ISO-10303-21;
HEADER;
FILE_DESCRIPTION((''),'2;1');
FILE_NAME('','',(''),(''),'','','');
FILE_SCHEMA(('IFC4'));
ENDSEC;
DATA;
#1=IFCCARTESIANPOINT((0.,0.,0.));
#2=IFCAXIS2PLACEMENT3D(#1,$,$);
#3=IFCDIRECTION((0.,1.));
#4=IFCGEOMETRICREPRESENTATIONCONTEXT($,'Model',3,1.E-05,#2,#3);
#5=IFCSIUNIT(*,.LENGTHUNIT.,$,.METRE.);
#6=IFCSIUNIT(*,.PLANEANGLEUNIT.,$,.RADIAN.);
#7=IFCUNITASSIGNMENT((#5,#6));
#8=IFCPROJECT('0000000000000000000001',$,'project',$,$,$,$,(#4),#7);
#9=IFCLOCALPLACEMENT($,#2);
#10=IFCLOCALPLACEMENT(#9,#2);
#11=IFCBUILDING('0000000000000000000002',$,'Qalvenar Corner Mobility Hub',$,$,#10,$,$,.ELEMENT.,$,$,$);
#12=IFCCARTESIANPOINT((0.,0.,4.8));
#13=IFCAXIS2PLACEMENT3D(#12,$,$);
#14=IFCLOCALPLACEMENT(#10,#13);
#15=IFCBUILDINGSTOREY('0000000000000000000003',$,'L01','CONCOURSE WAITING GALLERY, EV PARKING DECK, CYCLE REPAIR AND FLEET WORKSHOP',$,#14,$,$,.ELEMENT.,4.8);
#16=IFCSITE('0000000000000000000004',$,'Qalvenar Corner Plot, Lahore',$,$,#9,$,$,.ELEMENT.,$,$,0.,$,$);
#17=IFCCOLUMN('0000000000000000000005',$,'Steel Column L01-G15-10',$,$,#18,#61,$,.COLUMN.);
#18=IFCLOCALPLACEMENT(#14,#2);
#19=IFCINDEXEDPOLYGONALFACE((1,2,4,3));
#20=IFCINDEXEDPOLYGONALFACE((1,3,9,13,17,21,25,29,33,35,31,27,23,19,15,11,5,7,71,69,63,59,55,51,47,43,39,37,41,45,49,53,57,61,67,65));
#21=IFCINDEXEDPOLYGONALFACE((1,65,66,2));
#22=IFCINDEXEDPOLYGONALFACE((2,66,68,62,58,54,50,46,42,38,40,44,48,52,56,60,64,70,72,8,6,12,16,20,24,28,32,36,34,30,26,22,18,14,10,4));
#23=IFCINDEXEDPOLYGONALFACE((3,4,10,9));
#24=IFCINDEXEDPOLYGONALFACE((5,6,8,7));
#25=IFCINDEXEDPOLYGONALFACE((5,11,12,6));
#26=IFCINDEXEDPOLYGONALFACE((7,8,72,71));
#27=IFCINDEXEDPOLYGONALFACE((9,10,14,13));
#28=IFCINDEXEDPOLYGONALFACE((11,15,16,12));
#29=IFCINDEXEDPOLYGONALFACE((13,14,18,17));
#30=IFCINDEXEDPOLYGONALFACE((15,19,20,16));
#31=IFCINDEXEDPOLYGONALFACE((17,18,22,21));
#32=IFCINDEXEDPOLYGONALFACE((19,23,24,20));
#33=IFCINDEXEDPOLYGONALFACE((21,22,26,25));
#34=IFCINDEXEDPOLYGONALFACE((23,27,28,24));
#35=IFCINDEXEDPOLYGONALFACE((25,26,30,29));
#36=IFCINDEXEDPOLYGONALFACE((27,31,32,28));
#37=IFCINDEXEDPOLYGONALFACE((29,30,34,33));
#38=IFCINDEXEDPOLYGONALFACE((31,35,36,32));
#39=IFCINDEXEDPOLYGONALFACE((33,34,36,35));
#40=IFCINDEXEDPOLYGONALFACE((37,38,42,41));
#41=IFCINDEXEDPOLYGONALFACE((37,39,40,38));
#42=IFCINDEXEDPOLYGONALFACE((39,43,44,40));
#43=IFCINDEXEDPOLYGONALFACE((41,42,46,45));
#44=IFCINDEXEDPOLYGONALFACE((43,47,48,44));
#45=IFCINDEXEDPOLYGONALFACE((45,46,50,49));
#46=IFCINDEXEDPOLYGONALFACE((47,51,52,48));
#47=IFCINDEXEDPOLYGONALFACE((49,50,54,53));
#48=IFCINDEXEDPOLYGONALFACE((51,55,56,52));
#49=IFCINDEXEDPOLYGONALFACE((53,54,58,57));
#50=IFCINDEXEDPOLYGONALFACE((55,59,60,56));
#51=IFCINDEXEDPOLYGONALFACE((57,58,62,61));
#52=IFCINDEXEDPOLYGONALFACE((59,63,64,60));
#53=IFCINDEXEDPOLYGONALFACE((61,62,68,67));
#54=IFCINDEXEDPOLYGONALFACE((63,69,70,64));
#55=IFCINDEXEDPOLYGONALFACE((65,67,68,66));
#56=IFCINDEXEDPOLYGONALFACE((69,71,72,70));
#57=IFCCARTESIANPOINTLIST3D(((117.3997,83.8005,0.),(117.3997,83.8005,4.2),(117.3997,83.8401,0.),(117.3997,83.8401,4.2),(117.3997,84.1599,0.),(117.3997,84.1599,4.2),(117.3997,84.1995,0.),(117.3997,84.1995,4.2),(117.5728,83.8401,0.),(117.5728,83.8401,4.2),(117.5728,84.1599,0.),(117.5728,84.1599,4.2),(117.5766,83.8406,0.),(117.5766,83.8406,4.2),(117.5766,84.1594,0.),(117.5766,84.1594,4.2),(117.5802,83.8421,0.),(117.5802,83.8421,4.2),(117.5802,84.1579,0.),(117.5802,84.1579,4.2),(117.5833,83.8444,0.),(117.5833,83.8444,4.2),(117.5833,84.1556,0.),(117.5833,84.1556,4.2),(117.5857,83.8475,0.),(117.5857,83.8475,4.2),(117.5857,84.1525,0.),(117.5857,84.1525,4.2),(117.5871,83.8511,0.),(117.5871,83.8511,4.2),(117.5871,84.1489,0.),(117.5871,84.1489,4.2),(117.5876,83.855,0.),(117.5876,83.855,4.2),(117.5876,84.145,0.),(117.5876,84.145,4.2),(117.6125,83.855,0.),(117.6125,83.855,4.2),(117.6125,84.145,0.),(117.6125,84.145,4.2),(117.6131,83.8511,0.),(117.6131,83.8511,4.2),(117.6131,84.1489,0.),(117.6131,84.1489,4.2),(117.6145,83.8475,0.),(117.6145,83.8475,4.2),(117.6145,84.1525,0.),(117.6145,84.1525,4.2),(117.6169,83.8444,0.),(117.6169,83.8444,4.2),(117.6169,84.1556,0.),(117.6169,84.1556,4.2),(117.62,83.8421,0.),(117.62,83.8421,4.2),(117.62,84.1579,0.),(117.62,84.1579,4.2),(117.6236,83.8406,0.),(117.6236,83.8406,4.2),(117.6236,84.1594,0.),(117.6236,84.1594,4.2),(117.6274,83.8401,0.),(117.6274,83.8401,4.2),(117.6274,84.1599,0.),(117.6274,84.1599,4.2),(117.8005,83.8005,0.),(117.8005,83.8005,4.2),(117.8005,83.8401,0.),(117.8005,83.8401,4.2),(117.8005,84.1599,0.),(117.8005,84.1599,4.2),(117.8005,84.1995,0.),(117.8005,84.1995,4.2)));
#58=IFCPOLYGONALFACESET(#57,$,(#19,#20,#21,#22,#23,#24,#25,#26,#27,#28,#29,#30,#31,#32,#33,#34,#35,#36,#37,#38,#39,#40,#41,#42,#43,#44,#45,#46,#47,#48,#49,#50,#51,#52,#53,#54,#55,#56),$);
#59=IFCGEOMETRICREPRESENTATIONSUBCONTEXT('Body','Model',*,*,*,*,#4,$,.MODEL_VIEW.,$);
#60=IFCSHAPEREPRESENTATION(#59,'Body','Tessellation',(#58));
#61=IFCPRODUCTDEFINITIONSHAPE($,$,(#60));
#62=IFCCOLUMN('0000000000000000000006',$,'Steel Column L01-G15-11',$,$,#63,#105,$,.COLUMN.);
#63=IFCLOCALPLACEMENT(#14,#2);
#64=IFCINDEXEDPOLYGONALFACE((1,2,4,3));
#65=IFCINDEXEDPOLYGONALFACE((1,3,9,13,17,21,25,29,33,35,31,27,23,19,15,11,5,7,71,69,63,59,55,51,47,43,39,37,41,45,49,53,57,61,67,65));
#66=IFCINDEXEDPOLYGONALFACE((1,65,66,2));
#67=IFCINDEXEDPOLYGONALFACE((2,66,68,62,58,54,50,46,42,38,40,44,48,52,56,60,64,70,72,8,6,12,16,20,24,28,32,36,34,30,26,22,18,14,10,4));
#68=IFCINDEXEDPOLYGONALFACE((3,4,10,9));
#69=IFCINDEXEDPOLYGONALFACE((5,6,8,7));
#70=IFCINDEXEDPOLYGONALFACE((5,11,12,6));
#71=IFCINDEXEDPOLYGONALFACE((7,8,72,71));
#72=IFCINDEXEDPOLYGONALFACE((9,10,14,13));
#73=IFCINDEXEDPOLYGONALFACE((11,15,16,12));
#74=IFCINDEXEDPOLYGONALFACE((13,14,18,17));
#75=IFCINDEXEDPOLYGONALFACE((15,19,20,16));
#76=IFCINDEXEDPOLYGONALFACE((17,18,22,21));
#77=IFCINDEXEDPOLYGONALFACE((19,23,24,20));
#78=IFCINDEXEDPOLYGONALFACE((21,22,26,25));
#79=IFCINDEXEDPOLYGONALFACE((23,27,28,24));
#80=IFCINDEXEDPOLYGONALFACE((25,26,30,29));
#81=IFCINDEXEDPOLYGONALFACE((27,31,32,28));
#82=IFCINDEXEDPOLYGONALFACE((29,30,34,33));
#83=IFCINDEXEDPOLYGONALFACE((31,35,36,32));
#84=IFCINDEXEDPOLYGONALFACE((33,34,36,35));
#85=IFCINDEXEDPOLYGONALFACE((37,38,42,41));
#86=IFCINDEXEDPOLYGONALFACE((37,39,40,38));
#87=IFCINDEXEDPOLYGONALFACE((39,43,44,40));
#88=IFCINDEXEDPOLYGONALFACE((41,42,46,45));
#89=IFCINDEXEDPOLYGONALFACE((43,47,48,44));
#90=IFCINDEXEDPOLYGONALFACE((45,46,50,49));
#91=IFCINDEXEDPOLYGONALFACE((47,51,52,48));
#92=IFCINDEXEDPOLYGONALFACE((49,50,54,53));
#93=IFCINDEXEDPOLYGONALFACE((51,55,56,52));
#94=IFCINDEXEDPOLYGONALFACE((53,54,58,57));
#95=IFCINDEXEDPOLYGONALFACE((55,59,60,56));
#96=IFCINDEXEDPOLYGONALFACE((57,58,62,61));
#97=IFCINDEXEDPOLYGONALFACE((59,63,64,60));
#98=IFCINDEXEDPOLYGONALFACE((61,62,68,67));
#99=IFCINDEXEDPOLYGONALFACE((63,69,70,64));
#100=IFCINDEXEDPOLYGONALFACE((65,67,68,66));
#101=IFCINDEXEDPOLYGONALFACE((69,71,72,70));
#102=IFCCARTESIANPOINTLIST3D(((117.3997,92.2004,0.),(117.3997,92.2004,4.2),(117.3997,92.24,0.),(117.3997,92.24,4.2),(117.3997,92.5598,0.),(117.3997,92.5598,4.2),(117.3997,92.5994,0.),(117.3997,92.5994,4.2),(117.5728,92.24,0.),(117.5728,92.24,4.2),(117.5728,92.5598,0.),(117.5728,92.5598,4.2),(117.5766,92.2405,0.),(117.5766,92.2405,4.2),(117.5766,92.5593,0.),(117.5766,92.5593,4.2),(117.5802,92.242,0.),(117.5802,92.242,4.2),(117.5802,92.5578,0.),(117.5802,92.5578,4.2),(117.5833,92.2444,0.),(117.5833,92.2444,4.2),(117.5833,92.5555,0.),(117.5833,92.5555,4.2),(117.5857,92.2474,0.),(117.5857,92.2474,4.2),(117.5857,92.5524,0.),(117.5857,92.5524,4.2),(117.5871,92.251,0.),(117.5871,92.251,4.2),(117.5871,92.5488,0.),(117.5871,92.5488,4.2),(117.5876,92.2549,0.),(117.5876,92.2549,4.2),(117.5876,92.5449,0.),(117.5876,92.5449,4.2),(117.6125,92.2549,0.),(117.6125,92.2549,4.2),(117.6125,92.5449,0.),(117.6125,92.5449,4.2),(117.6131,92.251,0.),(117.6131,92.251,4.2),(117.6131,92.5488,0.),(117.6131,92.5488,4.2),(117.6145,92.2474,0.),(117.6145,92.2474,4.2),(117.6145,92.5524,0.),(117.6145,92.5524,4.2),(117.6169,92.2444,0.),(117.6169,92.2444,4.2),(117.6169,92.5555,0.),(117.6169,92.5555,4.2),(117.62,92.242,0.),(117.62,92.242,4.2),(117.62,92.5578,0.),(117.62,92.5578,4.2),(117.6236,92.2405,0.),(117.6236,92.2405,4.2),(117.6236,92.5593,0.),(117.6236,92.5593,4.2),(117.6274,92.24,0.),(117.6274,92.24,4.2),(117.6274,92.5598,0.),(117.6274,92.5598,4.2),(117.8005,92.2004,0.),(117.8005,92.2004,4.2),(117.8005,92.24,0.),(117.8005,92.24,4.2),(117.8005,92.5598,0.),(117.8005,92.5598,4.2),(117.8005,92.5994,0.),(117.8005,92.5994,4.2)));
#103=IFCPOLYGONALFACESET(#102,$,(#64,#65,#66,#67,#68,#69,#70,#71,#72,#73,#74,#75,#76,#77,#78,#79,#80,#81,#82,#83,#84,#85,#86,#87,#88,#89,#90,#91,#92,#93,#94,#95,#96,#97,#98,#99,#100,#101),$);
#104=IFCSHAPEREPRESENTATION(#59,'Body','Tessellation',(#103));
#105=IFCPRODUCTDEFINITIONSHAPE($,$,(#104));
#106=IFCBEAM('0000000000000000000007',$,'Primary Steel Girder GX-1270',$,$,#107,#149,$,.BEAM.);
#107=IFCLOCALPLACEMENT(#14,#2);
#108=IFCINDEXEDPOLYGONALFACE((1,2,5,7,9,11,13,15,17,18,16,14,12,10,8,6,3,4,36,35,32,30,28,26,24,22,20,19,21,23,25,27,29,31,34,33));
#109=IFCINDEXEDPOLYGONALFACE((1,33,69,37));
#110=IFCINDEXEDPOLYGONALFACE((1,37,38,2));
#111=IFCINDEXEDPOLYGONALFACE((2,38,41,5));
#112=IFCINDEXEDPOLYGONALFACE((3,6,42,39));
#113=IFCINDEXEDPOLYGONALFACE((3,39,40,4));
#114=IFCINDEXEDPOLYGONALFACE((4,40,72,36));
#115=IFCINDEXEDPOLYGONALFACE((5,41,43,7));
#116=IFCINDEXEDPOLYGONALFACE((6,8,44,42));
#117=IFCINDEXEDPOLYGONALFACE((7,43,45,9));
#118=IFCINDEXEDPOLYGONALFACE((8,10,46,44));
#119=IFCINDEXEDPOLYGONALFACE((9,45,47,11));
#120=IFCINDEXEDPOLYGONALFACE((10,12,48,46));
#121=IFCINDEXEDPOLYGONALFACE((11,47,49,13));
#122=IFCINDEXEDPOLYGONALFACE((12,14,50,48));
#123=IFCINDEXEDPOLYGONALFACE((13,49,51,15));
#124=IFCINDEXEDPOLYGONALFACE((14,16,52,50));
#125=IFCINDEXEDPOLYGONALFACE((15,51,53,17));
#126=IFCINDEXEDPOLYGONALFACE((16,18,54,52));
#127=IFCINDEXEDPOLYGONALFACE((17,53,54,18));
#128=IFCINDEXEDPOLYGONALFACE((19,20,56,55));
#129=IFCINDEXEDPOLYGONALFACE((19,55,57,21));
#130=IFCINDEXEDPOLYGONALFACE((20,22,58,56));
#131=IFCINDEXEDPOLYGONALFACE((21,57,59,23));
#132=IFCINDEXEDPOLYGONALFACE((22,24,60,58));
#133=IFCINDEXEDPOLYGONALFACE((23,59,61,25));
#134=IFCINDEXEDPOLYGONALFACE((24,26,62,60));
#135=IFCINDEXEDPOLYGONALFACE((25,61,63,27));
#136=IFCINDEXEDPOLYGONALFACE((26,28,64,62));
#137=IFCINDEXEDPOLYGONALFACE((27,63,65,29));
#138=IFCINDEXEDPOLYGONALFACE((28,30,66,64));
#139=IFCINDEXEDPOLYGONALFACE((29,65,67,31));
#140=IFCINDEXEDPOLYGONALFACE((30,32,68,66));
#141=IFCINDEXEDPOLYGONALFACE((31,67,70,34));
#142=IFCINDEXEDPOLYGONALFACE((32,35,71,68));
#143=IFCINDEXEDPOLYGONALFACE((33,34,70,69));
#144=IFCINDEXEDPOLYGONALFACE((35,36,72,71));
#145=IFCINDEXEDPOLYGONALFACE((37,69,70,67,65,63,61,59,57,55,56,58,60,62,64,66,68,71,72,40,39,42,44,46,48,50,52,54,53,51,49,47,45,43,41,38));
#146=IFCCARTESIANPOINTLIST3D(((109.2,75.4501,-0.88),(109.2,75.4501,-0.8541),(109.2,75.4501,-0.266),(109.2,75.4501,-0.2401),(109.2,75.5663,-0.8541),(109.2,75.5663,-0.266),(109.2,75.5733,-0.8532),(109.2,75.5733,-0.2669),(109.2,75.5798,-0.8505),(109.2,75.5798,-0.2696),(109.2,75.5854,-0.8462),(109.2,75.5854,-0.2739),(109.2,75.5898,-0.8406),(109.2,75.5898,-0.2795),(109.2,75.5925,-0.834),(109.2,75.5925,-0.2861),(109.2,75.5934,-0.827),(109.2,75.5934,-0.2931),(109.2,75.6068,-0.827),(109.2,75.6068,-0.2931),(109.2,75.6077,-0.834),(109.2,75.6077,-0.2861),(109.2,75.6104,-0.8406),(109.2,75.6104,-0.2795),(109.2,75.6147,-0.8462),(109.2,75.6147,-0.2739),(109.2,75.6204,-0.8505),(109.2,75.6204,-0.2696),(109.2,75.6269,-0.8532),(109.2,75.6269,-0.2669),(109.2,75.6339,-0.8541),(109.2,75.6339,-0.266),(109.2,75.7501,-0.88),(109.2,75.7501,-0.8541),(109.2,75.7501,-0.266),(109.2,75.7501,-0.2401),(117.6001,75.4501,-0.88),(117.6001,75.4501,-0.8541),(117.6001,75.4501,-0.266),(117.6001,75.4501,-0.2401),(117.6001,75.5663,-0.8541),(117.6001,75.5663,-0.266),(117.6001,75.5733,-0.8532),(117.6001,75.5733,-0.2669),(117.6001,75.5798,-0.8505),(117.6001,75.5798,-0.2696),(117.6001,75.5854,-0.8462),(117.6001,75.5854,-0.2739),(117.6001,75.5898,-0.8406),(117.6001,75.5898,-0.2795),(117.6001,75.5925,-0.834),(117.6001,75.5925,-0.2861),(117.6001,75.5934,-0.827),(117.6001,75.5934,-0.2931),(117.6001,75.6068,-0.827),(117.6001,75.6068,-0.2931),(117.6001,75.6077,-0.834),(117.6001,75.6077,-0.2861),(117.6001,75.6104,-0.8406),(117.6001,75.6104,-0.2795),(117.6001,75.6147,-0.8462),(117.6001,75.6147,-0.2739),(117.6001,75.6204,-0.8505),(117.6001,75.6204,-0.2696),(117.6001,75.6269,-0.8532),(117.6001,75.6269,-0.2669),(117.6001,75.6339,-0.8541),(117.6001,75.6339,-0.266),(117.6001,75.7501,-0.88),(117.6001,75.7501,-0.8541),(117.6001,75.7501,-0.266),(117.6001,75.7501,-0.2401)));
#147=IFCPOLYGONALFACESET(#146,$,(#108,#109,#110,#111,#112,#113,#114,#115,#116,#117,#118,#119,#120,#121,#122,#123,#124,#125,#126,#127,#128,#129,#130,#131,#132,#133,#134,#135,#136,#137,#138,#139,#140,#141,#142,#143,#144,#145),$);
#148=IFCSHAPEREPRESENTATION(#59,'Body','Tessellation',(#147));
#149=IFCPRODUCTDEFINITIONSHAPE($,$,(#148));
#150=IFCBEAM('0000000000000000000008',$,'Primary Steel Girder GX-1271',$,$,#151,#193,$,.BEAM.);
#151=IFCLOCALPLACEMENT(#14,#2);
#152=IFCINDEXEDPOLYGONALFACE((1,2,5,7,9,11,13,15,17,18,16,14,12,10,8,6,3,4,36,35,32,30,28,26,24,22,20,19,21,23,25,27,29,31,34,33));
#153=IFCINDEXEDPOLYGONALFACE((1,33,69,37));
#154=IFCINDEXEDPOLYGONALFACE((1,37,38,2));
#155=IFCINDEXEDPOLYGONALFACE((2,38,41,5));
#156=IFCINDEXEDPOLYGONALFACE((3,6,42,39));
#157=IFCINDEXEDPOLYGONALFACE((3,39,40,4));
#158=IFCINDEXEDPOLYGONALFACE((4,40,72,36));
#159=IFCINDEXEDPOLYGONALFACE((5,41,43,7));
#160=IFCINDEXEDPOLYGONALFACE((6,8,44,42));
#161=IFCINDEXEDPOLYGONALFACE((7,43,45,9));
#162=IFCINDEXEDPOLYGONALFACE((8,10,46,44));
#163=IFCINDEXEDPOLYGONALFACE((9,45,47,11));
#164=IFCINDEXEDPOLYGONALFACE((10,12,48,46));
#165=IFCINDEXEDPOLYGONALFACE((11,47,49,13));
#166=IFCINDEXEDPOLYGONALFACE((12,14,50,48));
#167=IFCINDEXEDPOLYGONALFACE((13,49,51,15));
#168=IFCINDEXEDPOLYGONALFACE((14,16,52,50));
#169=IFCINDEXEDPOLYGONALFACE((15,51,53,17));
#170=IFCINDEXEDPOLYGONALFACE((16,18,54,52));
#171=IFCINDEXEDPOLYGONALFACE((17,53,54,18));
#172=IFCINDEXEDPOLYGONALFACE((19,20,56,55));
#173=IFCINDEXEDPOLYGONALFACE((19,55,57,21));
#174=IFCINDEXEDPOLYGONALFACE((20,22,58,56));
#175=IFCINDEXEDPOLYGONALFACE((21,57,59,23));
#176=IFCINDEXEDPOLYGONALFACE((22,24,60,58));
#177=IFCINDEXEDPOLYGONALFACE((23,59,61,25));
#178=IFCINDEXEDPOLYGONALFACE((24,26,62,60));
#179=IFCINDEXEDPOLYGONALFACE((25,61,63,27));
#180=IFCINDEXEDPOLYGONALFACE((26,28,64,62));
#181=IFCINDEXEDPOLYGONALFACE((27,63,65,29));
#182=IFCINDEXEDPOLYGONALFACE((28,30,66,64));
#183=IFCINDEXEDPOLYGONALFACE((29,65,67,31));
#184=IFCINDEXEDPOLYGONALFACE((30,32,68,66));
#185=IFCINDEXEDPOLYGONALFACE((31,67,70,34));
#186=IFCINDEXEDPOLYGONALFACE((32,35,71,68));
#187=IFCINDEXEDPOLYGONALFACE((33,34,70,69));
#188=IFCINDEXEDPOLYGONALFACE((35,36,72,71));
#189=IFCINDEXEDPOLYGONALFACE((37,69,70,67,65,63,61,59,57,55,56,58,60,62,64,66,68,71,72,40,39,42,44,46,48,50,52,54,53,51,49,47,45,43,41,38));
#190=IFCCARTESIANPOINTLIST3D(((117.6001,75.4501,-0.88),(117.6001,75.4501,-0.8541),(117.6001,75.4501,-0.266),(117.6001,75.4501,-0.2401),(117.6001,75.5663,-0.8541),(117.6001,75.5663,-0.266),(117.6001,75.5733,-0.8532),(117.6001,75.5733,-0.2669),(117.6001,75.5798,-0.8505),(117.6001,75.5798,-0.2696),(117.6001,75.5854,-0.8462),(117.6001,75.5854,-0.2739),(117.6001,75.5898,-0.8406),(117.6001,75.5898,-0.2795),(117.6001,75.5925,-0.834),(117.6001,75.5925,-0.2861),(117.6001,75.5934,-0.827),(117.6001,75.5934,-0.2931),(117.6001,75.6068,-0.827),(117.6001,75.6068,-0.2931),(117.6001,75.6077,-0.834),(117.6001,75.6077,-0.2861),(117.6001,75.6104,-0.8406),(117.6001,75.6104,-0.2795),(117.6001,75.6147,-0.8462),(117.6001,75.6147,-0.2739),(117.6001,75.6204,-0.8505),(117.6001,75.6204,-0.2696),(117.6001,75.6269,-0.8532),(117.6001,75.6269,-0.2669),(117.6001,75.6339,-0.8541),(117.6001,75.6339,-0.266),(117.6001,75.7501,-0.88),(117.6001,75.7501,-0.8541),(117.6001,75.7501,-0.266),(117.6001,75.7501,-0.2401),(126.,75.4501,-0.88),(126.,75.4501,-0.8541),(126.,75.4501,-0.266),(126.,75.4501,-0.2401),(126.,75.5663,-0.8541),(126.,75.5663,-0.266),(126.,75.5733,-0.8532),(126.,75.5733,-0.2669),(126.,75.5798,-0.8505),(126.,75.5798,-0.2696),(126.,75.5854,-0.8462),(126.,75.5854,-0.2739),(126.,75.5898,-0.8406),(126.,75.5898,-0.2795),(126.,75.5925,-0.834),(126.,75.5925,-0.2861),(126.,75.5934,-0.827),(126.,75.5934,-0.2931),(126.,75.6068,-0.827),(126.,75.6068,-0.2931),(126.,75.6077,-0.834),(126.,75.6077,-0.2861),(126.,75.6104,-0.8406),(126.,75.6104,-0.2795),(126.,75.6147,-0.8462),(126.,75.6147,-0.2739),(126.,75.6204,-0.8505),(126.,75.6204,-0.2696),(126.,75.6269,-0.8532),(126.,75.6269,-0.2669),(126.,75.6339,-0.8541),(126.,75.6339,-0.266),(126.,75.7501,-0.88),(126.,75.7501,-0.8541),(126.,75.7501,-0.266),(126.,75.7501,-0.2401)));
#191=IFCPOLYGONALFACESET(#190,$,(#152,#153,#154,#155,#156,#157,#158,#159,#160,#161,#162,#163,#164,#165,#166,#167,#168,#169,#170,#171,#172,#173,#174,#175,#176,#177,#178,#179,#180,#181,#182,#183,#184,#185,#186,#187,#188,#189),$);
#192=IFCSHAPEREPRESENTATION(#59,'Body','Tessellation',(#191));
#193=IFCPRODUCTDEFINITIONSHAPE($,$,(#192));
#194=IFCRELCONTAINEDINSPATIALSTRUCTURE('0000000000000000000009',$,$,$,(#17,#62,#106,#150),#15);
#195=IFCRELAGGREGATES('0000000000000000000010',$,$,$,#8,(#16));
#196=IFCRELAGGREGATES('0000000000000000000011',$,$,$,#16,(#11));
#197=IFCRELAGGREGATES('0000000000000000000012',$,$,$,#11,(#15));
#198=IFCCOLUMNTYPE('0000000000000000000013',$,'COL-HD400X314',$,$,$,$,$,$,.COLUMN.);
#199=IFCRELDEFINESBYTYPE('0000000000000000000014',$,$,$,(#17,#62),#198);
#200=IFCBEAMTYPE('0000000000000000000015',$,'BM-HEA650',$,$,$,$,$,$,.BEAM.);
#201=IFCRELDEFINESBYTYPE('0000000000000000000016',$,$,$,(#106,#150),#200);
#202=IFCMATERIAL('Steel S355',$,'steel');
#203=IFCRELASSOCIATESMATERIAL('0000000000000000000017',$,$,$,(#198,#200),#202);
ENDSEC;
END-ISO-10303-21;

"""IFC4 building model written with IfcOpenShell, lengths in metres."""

from ifc_helpers import new_model, si_unit, direction, frame, origin, origin_2d, place, context, subcontext, project, spatial, i_section, extrude, material, material_profile, profile_set, type_object, element, save


model = new_model("IFC4")

# Units and contexts
model_context = context("Model", 3, precision=1e-05, world=origin(), true_north=direction((0.0, 1.0)))
body_context = subcontext(model_context, "Body", "Model", "MODEL_VIEW")
ifc_project = project(units=[si_unit("LENGTHUNIT", "METRE"), si_unit("PLANEANGLEUNIT", "RADIAN")], contexts=[model_context])

# Site, building, storey
site_placement = place(None, origin())
site = spatial("IfcSite", under=ifc_project, at=site_placement, Name="Qalvenar Corner Plot, Lahore", CompositionType="ELEMENT", RefElevation=0.0)
building_placement = place(site_placement, origin())
building = spatial("IfcBuilding", under=site, at=building_placement, Name="Qalvenar Corner Mobility Hub", CompositionType="ELEMENT")
storey_placement = place(building_placement, frame((0.0, 0.0, 4.8)))
storey = spatial("IfcBuildingStorey", under=building, at=storey_placement, Name="L01", Description="CONCOURSE WAITING GALLERY, EV PARKING DECK, CYCLE REPAIR AND FLEET WORKSHOP", CompositionType="ELEMENT", Elevation=4.8)

# Columns
ifc_material = material(Name="Steel S355", Category="steel")
ifc_material_profile_1 = material_profile(ifc_material, i_section(OverallWidth=0.4009, OverallDepth=0.3989, WebThickness=0.0249, FlangeThickness=0.0396, FilletRadius=0.0149, at=origin_2d()), Name="HD400x314")
ifc_profile_set_1 = profile_set([ifc_material_profile_1], Name="Steel S355")
column_type_1 = type_object("IfcColumnType", Name="COL-HD400X314", PredefinedType="COLUMN", material=ifc_profile_set_1)
for number, where, z_axis, x_axis, name in (
    (1, (117.6001, 84.0, 0.0), (0.0, 0.0, 1.0), (1.0, 0.0, 0.0), "Steel Column L01-G15-10"),
    (2, (117.6001, 92.3999, 0.0), (0.0, 0.0, 1.0), (1.0, 0.0, 0.0), "Steel Column L01-G15-11"),
):
    element("IfcColumn", number, at=place(storey_placement, frame(where, z_axis=z_axis, x_axis=x_axis)), inside=storey, type_object=column_type_1, Name=name, PredefinedType="COLUMN", context=body_context, shape_type="SweptSolid", body=[
        extrude(i_section(OverallWidth=0.4009, OverallDepth=0.3989, WebThickness=0.0249, FlangeThickness=0.0396, FilletRadius=0.0149, at=origin_2d()), origin(), (0.0, 0.0, 1.0), 4.2),
    ])

# Beams
ifc_material_profile_2 = material_profile(ifc_material, i_section(OverallWidth=0.3, OverallDepth=0.6399, WebThickness=0.0134, FlangeThickness=0.0259, FilletRadius=0.0271, at=origin_2d()), Name="HEA650")
ifc_profile_set_2 = profile_set([ifc_material_profile_2], Name="Steel S355")
beam_type_1 = type_object("IfcBeamType", Name="BM-HEA650", PredefinedType="BEAM", material=ifc_profile_set_2)
beam_1_placement = place(storey_placement, frame((109.2, 75.6001, -0.5601), z_axis=(1.0, 0.0, 0.0), x_axis=(0.0, 1.0, 0.0)))
element("IfcBeam", 3, at=beam_1_placement, inside=storey, type_object=beam_type_1, Name="Primary Steel Girder GX-1270", PredefinedType="BEAM", context=body_context, shape_type="SweptSolid", body=[
    extrude(i_section(OverallWidth=0.3, OverallDepth=0.6399, WebThickness=0.0134, FlangeThickness=0.0259, FilletRadius=0.0271, at=origin_2d()), origin(), (0.0, 0.0, 1.0), 8.4001),
])
beam_2_placement = place(storey_placement, frame((117.6001, 75.6001, -0.5601), z_axis=(1.0, 0.0, 0.0), x_axis=(0.0, 1.0, 0.0)))
element("IfcBeam", 4, at=beam_2_placement, inside=storey, type_object=beam_type_1, Name="Primary Steel Girder GX-1271", PredefinedType="BEAM", context=body_context, shape_type="SweptSolid", body=[
    extrude(i_section(OverallWidth=0.3, OverallDepth=0.6399, WebThickness=0.0134, FlangeThickness=0.0259, FilletRadius=0.0271, at=origin_2d()), origin(), (0.0, 0.0, 1.0), 8.3999),
])

save(model, "model.ifc")
